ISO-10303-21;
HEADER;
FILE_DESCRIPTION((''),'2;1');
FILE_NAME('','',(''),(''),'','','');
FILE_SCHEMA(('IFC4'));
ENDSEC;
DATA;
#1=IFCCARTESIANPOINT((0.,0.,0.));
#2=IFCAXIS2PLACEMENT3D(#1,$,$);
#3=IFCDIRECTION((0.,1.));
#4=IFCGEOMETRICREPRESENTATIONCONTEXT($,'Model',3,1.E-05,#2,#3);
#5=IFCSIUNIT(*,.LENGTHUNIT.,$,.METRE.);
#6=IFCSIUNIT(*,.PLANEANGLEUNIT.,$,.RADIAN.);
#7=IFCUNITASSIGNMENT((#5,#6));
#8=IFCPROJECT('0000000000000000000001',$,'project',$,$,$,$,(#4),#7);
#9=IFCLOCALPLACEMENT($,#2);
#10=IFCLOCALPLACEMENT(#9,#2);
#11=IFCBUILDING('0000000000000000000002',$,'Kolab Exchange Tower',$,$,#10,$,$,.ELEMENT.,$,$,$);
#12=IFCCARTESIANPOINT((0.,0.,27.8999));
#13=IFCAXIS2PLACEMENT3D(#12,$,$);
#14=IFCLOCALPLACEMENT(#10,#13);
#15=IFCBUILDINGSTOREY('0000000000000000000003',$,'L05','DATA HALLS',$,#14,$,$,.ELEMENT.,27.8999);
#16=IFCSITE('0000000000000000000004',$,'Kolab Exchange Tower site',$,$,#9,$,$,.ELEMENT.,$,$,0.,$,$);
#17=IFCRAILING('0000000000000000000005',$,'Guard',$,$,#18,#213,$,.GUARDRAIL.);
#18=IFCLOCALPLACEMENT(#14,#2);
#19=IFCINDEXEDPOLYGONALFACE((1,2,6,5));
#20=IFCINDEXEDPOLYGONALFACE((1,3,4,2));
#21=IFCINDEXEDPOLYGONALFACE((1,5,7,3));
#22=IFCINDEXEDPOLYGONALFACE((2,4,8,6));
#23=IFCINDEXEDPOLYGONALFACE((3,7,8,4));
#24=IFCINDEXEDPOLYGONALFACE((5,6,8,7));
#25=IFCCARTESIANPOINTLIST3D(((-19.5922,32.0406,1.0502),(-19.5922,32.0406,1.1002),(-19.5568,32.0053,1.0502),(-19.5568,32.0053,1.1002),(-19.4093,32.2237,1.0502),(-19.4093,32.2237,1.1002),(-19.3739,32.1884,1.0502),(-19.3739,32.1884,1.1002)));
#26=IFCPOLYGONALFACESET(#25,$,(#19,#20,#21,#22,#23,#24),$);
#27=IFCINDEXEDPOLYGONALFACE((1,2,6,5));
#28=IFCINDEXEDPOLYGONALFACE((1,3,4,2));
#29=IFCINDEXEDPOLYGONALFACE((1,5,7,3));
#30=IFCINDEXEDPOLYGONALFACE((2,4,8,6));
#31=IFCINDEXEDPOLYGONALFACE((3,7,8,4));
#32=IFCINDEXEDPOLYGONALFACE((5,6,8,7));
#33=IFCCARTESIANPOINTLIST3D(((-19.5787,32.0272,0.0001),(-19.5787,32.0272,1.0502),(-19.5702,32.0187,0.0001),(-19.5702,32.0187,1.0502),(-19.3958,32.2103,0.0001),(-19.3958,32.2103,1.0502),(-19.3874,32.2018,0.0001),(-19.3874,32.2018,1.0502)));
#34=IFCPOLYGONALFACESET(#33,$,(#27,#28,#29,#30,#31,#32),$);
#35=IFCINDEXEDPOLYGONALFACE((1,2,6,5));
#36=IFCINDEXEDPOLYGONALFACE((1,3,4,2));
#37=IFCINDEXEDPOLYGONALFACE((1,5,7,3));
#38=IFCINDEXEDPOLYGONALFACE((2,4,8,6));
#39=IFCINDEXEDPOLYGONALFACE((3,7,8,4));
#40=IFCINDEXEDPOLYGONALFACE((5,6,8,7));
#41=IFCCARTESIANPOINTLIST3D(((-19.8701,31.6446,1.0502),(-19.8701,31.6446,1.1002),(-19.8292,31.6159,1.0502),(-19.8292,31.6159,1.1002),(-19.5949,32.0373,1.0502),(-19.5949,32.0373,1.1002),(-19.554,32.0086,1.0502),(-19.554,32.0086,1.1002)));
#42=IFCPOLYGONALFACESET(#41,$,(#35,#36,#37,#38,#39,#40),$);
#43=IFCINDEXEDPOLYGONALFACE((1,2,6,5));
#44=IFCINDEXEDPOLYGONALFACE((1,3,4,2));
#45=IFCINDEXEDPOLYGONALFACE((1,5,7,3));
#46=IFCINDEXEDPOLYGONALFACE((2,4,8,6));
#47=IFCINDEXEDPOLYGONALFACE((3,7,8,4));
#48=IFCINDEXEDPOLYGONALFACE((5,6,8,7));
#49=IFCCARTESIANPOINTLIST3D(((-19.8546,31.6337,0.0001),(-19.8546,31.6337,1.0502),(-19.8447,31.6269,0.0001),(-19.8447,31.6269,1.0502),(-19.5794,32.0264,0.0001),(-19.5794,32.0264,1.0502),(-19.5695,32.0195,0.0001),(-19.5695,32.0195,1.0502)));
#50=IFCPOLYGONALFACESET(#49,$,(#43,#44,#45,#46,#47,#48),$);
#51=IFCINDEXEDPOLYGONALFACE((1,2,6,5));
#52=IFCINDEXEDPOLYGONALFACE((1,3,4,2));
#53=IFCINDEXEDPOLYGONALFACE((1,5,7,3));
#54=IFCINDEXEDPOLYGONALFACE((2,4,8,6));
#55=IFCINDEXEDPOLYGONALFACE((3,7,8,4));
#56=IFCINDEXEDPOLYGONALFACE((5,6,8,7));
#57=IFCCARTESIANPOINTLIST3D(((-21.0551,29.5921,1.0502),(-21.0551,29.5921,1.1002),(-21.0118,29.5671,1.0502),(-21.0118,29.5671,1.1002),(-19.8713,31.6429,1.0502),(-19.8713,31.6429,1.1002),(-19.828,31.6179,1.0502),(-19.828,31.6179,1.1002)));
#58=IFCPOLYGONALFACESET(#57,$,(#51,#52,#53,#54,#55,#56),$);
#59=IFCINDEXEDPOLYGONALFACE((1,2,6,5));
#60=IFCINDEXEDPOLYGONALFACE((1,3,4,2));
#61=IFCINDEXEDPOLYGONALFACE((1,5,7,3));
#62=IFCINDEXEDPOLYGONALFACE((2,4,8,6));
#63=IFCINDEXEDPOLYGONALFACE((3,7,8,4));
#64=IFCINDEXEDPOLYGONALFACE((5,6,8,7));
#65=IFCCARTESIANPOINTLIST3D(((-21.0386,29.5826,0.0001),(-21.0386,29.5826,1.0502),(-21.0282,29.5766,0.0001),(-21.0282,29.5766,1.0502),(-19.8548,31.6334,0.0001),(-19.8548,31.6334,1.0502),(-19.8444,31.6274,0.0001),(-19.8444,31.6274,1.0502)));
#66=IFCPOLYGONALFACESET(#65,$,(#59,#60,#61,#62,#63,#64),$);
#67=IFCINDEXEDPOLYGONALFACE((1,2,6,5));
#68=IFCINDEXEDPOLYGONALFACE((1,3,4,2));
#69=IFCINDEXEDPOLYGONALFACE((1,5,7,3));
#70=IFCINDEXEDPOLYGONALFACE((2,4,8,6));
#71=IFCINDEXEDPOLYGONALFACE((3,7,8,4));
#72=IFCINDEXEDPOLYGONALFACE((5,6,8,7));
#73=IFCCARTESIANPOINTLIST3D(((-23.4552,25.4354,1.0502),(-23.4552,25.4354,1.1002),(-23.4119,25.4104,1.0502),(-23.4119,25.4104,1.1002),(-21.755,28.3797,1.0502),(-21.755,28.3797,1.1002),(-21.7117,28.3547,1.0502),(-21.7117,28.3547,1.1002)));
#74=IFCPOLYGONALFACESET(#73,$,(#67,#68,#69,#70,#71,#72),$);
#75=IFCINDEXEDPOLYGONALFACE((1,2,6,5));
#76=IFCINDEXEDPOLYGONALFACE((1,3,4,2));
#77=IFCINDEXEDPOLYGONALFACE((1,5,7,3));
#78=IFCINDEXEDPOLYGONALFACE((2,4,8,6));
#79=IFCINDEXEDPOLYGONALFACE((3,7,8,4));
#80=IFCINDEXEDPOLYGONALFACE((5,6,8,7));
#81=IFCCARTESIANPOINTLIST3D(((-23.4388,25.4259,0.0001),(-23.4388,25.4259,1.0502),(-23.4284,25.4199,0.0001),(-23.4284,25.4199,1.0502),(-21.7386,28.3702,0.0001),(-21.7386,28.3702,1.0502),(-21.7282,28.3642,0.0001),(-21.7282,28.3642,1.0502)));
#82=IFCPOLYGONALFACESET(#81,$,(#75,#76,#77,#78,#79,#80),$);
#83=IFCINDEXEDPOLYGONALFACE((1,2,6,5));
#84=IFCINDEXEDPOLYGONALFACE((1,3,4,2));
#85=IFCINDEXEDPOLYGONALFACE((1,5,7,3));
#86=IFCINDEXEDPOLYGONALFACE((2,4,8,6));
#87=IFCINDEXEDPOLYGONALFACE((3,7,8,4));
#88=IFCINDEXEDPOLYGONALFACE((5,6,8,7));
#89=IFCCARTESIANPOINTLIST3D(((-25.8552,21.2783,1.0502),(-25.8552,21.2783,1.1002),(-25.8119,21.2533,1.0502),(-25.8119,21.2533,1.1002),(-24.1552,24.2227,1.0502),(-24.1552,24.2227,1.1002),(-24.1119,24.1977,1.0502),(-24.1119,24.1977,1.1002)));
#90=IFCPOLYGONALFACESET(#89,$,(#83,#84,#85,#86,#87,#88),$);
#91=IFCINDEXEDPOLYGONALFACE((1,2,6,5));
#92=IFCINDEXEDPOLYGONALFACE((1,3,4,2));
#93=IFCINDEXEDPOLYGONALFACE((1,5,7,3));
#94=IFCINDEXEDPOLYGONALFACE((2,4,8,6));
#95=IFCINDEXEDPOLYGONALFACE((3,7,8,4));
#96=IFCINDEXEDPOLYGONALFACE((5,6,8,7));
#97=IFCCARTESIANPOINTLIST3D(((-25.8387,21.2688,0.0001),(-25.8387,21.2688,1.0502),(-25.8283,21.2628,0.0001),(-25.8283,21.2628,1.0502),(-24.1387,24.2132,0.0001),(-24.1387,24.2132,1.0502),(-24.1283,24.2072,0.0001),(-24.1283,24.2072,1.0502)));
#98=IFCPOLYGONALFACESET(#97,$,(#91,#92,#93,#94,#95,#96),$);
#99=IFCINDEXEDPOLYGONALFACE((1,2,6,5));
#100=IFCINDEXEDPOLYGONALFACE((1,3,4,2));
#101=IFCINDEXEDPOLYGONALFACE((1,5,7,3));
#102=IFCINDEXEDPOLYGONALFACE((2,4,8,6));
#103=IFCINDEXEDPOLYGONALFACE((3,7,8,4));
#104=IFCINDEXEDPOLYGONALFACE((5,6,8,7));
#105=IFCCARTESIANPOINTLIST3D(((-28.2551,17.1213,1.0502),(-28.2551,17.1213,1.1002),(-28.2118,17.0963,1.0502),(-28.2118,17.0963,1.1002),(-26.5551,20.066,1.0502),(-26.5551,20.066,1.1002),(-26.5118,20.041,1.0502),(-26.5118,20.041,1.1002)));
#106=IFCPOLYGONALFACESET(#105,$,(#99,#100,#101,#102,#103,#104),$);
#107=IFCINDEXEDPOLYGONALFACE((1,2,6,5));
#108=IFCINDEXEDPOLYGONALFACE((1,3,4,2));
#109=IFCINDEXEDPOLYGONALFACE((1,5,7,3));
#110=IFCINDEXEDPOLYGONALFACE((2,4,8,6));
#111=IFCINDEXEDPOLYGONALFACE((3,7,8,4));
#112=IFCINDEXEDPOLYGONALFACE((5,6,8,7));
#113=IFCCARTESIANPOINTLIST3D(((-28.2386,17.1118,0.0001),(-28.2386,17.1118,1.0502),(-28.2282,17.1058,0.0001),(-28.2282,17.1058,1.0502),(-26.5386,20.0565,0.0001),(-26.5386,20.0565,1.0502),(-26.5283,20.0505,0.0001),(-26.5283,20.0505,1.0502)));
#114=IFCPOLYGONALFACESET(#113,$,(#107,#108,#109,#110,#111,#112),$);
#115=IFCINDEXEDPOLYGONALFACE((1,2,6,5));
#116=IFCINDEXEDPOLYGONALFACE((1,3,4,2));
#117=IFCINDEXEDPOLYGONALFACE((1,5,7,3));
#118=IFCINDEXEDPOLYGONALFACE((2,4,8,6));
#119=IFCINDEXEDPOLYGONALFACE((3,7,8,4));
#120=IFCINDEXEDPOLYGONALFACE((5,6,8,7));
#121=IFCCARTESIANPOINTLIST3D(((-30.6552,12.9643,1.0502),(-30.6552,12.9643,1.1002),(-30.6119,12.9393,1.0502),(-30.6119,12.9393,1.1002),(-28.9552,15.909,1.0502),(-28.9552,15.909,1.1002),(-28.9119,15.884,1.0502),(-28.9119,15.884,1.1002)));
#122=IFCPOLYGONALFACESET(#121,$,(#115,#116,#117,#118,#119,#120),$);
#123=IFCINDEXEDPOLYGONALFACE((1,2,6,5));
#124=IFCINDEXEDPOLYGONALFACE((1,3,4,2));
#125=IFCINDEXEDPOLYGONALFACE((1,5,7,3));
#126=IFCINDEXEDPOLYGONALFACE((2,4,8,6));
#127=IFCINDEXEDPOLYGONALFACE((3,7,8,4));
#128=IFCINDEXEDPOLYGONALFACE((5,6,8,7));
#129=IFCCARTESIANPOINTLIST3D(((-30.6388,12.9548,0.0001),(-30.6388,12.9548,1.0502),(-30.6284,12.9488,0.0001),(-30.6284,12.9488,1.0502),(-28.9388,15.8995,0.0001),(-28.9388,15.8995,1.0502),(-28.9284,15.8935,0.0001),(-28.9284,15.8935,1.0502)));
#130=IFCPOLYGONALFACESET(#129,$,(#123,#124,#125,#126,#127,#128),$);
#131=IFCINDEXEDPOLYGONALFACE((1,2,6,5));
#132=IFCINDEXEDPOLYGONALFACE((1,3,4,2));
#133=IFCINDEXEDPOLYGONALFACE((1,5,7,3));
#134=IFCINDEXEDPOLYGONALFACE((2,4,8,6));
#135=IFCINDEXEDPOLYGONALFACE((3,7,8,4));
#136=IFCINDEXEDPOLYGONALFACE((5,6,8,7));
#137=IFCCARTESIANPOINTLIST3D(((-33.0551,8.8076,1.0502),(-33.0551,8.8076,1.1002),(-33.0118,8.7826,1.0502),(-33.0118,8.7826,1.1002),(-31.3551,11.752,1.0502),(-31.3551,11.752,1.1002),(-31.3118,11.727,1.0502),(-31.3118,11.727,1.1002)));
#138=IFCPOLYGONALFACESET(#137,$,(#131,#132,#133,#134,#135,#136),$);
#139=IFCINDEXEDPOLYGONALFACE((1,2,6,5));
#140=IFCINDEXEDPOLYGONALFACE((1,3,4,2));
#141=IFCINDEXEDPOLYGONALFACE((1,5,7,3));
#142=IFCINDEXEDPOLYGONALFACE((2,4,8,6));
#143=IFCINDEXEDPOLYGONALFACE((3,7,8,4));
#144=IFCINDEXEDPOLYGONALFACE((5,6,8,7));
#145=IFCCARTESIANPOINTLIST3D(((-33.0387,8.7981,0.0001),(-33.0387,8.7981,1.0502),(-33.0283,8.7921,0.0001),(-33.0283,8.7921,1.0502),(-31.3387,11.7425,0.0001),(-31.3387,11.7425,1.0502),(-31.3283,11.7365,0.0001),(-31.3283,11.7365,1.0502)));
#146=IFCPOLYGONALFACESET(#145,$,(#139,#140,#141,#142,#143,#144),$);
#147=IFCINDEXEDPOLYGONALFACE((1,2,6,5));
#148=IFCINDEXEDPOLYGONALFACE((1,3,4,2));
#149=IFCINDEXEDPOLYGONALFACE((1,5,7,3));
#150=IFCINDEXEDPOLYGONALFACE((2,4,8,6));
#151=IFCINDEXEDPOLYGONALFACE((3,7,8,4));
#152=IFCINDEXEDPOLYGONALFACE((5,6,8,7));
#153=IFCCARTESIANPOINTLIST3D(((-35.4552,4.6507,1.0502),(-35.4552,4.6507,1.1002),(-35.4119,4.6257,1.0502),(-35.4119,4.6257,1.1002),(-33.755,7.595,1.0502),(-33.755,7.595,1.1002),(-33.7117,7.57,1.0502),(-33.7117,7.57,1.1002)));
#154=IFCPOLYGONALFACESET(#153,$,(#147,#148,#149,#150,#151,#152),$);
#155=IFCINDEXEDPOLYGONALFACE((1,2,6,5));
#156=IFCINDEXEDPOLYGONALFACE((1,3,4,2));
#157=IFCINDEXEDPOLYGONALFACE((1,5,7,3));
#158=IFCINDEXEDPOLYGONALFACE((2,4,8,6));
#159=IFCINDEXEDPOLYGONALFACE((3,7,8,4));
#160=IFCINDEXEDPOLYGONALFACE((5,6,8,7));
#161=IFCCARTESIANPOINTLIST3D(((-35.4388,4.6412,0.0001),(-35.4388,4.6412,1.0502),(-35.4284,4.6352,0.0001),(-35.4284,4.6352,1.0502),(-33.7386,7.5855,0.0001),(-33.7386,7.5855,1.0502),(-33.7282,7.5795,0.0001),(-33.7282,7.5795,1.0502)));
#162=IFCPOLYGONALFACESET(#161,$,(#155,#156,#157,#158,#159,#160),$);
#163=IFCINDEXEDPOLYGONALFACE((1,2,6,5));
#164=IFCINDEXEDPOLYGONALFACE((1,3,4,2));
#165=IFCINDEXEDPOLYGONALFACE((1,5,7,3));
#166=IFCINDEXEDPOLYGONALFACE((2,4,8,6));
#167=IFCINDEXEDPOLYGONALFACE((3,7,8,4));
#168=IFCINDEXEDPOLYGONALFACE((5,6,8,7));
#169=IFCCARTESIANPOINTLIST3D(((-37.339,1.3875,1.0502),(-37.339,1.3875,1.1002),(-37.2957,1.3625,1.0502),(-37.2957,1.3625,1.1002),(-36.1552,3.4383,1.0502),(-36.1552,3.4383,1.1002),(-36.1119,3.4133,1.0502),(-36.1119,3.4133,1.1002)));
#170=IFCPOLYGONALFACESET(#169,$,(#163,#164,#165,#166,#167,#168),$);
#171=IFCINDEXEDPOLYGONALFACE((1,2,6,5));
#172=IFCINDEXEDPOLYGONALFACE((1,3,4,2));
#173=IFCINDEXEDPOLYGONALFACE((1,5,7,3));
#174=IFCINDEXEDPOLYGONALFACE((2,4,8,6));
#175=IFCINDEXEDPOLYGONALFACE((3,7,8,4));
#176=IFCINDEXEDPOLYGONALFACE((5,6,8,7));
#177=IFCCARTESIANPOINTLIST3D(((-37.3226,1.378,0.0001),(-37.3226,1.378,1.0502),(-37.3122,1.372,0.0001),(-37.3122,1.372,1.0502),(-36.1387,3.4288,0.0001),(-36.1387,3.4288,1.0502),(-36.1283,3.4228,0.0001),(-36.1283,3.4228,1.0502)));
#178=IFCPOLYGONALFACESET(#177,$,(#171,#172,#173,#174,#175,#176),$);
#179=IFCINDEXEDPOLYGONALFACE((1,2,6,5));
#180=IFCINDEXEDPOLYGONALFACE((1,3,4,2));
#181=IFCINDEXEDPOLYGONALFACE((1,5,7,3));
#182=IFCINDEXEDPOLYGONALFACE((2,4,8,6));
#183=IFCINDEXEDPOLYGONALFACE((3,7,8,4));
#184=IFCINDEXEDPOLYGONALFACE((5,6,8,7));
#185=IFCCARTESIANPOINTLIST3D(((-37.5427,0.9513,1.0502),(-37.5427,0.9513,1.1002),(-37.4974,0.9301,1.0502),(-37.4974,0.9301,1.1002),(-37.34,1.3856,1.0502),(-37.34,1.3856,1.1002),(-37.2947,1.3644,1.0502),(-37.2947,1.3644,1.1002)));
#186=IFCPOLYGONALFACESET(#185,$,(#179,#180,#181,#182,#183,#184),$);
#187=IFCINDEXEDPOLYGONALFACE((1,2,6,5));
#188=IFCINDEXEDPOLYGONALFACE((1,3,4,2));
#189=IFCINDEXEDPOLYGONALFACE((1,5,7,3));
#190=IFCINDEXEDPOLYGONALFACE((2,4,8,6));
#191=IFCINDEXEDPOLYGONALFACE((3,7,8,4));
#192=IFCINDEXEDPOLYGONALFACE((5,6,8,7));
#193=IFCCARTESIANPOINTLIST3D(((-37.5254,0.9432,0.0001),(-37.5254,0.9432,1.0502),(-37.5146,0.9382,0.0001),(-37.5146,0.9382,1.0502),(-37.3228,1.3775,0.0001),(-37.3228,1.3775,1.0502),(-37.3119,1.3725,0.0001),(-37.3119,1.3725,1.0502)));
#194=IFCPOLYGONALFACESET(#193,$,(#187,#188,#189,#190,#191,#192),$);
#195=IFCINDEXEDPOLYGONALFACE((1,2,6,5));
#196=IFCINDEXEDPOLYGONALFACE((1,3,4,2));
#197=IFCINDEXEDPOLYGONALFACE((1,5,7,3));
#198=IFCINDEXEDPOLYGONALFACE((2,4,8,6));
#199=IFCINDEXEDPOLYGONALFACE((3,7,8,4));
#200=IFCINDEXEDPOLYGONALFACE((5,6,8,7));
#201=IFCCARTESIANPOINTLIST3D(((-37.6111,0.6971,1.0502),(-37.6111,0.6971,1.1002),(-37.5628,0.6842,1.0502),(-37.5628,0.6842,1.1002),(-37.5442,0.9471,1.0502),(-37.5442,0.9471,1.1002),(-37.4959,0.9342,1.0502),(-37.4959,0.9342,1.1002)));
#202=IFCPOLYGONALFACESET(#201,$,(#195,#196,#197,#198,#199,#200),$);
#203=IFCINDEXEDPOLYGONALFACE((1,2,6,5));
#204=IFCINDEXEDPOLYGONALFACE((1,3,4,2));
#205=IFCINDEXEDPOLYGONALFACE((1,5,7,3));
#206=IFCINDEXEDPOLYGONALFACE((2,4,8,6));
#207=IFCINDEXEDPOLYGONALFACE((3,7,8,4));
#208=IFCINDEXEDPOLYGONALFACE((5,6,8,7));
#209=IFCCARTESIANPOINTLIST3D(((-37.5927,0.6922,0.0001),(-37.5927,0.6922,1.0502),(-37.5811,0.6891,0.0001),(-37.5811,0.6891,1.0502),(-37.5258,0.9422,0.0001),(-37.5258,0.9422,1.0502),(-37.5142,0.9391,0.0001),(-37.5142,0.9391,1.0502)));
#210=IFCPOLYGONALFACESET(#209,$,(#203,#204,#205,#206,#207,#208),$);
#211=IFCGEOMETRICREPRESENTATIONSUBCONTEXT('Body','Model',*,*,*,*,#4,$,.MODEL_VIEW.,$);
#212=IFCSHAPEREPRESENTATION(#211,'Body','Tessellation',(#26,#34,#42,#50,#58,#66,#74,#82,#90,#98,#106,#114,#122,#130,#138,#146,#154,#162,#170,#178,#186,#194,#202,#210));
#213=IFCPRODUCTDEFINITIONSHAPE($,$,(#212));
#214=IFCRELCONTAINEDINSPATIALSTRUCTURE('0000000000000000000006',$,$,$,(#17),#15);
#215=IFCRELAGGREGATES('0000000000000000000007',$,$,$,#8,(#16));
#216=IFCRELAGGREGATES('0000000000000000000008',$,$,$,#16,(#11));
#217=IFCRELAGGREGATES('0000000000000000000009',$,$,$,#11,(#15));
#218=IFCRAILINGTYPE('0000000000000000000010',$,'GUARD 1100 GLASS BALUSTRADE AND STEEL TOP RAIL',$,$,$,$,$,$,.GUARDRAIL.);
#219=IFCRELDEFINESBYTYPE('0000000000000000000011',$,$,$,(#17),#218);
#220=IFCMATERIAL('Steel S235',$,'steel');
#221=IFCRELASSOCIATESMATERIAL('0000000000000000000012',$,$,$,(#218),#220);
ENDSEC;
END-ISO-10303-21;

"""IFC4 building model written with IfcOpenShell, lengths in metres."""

from ifc_helpers import new_model, si_unit, direction, frame, frame_2d, origin, origin_2d, place, context, subcontext, project, spatial, rectangle, extrude, material, type_object, element, save


model = new_model("IFC4")

# Units and contexts
model_context = context("Model", 3, precision=1e-05, world=origin(), true_north=direction((0.0, 1.0)))
body_context = subcontext(model_context, "Body", "Model", "MODEL_VIEW")
ifc_project = project(units=[si_unit("LENGTHUNIT", "METRE"), si_unit("PLANEANGLEUNIT", "RADIAN")], contexts=[model_context])

# Site, building, storey
site_placement = place(None, origin())
site = spatial("IfcSite", under=ifc_project, at=site_placement, Name="Kolab Exchange Tower site", CompositionType="ELEMENT", RefElevation=0.0)
building_placement = place(site_placement, origin())
building = spatial("IfcBuilding", under=site, at=building_placement, Name="Kolab Exchange Tower", CompositionType="ELEMENT")
storey_placement = place(building_placement, frame((0.0, 0.0, 27.8999)))
storey = spatial("IfcBuildingStorey", under=building, at=storey_placement, Name="L05", Description="DATA HALLS", CompositionType="ELEMENT", Elevation=27.8999)

# Railing
ifc_material_1 = material(Name="Steel S235", Category="steel")
railing_type = type_object("IfcRailingType", Name="GUARD 1100 GLASS BALUSTRADE AND STEEL TOP RAIL", PredefinedType="GUARDRAIL", material=ifc_material_1)
railing_placement = place(storey_placement, frame((-19.3916, 32.2061, 0.0)))
element("IfcRailing", 1, at=railing_placement, inside=storey, type_object=railing_type, Name="Guard", PredefinedType="GUARDRAIL", context=body_context, shape_type="SweptSolid", body=[
    extrude(rectangle(XDim=0.05, YDim=0.05, at=origin_2d()), frame((0.0, 0.0, 1.0752), z_axis=(-0.706635, -0.707578, 0.0), x_axis=(0.707578, -0.706635, 0.0)), (0.0, 0.0, 1.0), 0.2588),
    extrude(rectangle(XDim=0.012, YDim=1.0501, at=frame_2d((0.0, 0.5251))), frame((0.0, 0.0, 0.0), z_axis=(-0.706635, -0.707578, 0.0), x_axis=(0.707578, -0.706635, 0.0)), (0.0, 0.0, 1.0), 0.2588),
    extrude(rectangle(XDim=0.05, YDim=0.05, at=origin_2d()), frame((-0.1829, -0.1831, 1.0752), z_axis=(-0.573941, -0.818897, 0.0), x_axis=(0.818897, -0.573941, 0.0)), (0.0, 0.0, 1.0), 0.4795),
    extrude(rectangle(XDim=0.012, YDim=1.0501, at=frame_2d((0.0, 0.5251))), frame((-0.1829, -0.1831, 0.0), z_axis=(-0.573941, -0.818897, 0.0), x_axis=(0.818897, -0.573941, 0.0)), (0.0, 0.0, 1.0), 0.4795),
    extrude(rectangle(XDim=0.05, YDim=0.05, at=origin_2d()), frame((-0.458, -0.5757, 1.0752), z_axis=(-0.499943, -0.866059, 0.0), x_axis=(0.866059, -0.499943, 0.0)), (0.0, 0.0, 1.0), 2.3679),
    extrude(rectangle(XDim=0.012, YDim=1.0501, at=frame_2d((0.0, 0.5251))), frame((-0.458, -0.5757, 0.0), z_axis=(-0.499943, -0.866059, 0.0), x_axis=(0.866059, -0.499943, 0.0)), (0.0, 0.0, 1.0), 2.3679),
    extrude(rectangle(XDim=0.05, YDim=0.05, at=origin_2d()), frame((-2.3418, -3.8389, 1.0752), z_axis=(-0.500062, -0.865989, 0.0), x_axis=(0.865989, -0.500062, 0.0)), (0.0, 0.0, 1.0), 3.3999),
    extrude(rectangle(XDim=0.012, YDim=1.0501, at=frame_2d((0.0, 0.5251))), frame((-2.3418, -3.8389, 0.0), z_axis=(-0.500062, -0.865989, 0.0), x_axis=(0.865989, -0.500062, 0.0)), (0.0, 0.0, 1.0), 3.3999),
    extrude(rectangle(XDim=0.05, YDim=0.05, at=origin_2d()), frame((-4.7419, -7.9958, 1.0752), z_axis=(-0.500008, -0.866021, 0.0), x_axis=(0.866021, -0.500008, 0.0)), (0.0, 0.0, 1.0), 3.3999),
    extrude(rectangle(XDim=0.012, YDim=1.0501, at=frame_2d((0.0, 0.5251))), frame((-4.7419, -7.9958, 0.0), z_axis=(-0.500008, -0.866021, 0.0), x_axis=(0.866021, -0.500008, 0.0)), (0.0, 0.0, 1.0), 3.3999),
    extrude(rectangle(XDim=0.05, YDim=0.05, at=origin_2d()), frame((-7.1418, -12.1526, 1.0752), z_axis=(-0.499977, -0.866039, 0.0), x_axis=(0.866039, -0.499977, 0.0)), (0.0, 0.0, 1.0), 3.4001),
    extrude(rectangle(XDim=0.012, YDim=1.0501, at=frame_2d((0.0, 0.5251))), frame((-7.1418, -12.1526, 0.0), z_axis=(-0.499977, -0.866039, 0.0), x_axis=(0.866039, -0.499977, 0.0)), (0.0, 0.0, 1.0), 3.4001),
    extrude(rectangle(XDim=0.05, YDim=0.05, at=origin_2d()), frame((-9.542, -16.3096, 1.0752), z_axis=(-0.499977, -0.866039, 0.0), x_axis=(0.866039, -0.499977, 0.0)), (0.0, 0.0, 1.0), 3.4001),
    extrude(rectangle(XDim=0.012, YDim=1.0501, at=frame_2d((0.0, 0.5251))), frame((-9.542, -16.3096, 0.0), z_axis=(-0.499977, -0.866039, 0.0), x_axis=(0.866039, -0.499977, 0.0)), (0.0, 0.0, 1.0), 3.4001),
    extrude(rectangle(XDim=0.05, YDim=0.05, at=origin_2d()), frame((-11.9419, -20.4666, 1.0752), z_axis=(-0.500008, -0.866021, 0.0), x_axis=(0.866021, -0.500008, 0.0)), (0.0, 0.0, 1.0), 3.3999),
    extrude(rectangle(XDim=0.012, YDim=1.0501, at=frame_2d((0.0, 0.5251))), frame((-11.9419, -20.4666, 0.0), z_axis=(-0.500008, -0.866021, 0.0), x_axis=(0.866021, -0.500008, 0.0)), (0.0, 0.0, 1.0), 3.3999),
    extrude(rectangle(XDim=0.05, YDim=0.05, at=origin_2d()), frame((-14.3418, -24.6235, 1.0752), z_axis=(-0.500062, -0.865989, 0.0), x_axis=(0.865989, -0.500062, 0.0)), (0.0, 0.0, 1.0), 3.3999),
    extrude(rectangle(XDim=0.012, YDim=1.0501, at=frame_2d((0.0, 0.5251))), frame((-14.3418, -24.6235, 0.0), z_axis=(-0.500062, -0.865989, 0.0), x_axis=(0.865989, -0.500062, 0.0)), (0.0, 0.0, 1.0), 3.3999),
    extrude(rectangle(XDim=0.05, YDim=0.05, at=origin_2d()), frame((-16.7419, -28.7803, 1.0752), z_axis=(-0.499943, -0.866059, 0.0), x_axis=(0.866059, -0.499943, 0.0)), (0.0, 0.0, 1.0), 2.3679),
    extrude(rectangle(XDim=0.012, YDim=1.0501, at=frame_2d((0.0, 0.5251))), frame((-16.7419, -28.7803, 0.0), z_axis=(-0.499943, -0.866059, 0.0), x_axis=(0.866059, -0.499943, 0.0)), (0.0, 0.0, 1.0), 2.3679),
    extrude(rectangle(XDim=0.05, YDim=0.05, at=origin_2d()), frame((-17.9258, -30.8311, 1.0752), z_axis=(-0.422802, -0.906222, 0.0), x_axis=(0.906222, -0.422802, 0.0)), (0.0, 0.0, 1.0), 0.4792),
    extrude(rectangle(XDim=0.012, YDim=1.0501, at=frame_2d((0.0, 0.5251))), frame((-17.9258, -30.8311, 0.0), z_axis=(-0.422802, -0.906222, 0.0), x_axis=(0.906222, -0.422802, 0.0)), (0.0, 0.0, 1.0), 0.4792),
    extrude(rectangle(XDim=0.05, YDim=0.05, at=origin_2d()), frame((-18.1284, -31.2654, 1.0752), z_axis=(-0.258485, -0.966015, 0.0), x_axis=(0.966015, -0.258485, 0.0)), (0.0, 0.0, 1.0), 0.2588),
    extrude(rectangle(XDim=0.012, YDim=1.0501, at=frame_2d((0.0, 0.5251))), frame((-18.1284, -31.2654, 0.0), z_axis=(-0.258485, -0.966015, 0.0), x_axis=(0.966015, -0.258485, 0.0)), (0.0, 0.0, 1.0), 0.2588),
])

save(model, "model.ifc")
